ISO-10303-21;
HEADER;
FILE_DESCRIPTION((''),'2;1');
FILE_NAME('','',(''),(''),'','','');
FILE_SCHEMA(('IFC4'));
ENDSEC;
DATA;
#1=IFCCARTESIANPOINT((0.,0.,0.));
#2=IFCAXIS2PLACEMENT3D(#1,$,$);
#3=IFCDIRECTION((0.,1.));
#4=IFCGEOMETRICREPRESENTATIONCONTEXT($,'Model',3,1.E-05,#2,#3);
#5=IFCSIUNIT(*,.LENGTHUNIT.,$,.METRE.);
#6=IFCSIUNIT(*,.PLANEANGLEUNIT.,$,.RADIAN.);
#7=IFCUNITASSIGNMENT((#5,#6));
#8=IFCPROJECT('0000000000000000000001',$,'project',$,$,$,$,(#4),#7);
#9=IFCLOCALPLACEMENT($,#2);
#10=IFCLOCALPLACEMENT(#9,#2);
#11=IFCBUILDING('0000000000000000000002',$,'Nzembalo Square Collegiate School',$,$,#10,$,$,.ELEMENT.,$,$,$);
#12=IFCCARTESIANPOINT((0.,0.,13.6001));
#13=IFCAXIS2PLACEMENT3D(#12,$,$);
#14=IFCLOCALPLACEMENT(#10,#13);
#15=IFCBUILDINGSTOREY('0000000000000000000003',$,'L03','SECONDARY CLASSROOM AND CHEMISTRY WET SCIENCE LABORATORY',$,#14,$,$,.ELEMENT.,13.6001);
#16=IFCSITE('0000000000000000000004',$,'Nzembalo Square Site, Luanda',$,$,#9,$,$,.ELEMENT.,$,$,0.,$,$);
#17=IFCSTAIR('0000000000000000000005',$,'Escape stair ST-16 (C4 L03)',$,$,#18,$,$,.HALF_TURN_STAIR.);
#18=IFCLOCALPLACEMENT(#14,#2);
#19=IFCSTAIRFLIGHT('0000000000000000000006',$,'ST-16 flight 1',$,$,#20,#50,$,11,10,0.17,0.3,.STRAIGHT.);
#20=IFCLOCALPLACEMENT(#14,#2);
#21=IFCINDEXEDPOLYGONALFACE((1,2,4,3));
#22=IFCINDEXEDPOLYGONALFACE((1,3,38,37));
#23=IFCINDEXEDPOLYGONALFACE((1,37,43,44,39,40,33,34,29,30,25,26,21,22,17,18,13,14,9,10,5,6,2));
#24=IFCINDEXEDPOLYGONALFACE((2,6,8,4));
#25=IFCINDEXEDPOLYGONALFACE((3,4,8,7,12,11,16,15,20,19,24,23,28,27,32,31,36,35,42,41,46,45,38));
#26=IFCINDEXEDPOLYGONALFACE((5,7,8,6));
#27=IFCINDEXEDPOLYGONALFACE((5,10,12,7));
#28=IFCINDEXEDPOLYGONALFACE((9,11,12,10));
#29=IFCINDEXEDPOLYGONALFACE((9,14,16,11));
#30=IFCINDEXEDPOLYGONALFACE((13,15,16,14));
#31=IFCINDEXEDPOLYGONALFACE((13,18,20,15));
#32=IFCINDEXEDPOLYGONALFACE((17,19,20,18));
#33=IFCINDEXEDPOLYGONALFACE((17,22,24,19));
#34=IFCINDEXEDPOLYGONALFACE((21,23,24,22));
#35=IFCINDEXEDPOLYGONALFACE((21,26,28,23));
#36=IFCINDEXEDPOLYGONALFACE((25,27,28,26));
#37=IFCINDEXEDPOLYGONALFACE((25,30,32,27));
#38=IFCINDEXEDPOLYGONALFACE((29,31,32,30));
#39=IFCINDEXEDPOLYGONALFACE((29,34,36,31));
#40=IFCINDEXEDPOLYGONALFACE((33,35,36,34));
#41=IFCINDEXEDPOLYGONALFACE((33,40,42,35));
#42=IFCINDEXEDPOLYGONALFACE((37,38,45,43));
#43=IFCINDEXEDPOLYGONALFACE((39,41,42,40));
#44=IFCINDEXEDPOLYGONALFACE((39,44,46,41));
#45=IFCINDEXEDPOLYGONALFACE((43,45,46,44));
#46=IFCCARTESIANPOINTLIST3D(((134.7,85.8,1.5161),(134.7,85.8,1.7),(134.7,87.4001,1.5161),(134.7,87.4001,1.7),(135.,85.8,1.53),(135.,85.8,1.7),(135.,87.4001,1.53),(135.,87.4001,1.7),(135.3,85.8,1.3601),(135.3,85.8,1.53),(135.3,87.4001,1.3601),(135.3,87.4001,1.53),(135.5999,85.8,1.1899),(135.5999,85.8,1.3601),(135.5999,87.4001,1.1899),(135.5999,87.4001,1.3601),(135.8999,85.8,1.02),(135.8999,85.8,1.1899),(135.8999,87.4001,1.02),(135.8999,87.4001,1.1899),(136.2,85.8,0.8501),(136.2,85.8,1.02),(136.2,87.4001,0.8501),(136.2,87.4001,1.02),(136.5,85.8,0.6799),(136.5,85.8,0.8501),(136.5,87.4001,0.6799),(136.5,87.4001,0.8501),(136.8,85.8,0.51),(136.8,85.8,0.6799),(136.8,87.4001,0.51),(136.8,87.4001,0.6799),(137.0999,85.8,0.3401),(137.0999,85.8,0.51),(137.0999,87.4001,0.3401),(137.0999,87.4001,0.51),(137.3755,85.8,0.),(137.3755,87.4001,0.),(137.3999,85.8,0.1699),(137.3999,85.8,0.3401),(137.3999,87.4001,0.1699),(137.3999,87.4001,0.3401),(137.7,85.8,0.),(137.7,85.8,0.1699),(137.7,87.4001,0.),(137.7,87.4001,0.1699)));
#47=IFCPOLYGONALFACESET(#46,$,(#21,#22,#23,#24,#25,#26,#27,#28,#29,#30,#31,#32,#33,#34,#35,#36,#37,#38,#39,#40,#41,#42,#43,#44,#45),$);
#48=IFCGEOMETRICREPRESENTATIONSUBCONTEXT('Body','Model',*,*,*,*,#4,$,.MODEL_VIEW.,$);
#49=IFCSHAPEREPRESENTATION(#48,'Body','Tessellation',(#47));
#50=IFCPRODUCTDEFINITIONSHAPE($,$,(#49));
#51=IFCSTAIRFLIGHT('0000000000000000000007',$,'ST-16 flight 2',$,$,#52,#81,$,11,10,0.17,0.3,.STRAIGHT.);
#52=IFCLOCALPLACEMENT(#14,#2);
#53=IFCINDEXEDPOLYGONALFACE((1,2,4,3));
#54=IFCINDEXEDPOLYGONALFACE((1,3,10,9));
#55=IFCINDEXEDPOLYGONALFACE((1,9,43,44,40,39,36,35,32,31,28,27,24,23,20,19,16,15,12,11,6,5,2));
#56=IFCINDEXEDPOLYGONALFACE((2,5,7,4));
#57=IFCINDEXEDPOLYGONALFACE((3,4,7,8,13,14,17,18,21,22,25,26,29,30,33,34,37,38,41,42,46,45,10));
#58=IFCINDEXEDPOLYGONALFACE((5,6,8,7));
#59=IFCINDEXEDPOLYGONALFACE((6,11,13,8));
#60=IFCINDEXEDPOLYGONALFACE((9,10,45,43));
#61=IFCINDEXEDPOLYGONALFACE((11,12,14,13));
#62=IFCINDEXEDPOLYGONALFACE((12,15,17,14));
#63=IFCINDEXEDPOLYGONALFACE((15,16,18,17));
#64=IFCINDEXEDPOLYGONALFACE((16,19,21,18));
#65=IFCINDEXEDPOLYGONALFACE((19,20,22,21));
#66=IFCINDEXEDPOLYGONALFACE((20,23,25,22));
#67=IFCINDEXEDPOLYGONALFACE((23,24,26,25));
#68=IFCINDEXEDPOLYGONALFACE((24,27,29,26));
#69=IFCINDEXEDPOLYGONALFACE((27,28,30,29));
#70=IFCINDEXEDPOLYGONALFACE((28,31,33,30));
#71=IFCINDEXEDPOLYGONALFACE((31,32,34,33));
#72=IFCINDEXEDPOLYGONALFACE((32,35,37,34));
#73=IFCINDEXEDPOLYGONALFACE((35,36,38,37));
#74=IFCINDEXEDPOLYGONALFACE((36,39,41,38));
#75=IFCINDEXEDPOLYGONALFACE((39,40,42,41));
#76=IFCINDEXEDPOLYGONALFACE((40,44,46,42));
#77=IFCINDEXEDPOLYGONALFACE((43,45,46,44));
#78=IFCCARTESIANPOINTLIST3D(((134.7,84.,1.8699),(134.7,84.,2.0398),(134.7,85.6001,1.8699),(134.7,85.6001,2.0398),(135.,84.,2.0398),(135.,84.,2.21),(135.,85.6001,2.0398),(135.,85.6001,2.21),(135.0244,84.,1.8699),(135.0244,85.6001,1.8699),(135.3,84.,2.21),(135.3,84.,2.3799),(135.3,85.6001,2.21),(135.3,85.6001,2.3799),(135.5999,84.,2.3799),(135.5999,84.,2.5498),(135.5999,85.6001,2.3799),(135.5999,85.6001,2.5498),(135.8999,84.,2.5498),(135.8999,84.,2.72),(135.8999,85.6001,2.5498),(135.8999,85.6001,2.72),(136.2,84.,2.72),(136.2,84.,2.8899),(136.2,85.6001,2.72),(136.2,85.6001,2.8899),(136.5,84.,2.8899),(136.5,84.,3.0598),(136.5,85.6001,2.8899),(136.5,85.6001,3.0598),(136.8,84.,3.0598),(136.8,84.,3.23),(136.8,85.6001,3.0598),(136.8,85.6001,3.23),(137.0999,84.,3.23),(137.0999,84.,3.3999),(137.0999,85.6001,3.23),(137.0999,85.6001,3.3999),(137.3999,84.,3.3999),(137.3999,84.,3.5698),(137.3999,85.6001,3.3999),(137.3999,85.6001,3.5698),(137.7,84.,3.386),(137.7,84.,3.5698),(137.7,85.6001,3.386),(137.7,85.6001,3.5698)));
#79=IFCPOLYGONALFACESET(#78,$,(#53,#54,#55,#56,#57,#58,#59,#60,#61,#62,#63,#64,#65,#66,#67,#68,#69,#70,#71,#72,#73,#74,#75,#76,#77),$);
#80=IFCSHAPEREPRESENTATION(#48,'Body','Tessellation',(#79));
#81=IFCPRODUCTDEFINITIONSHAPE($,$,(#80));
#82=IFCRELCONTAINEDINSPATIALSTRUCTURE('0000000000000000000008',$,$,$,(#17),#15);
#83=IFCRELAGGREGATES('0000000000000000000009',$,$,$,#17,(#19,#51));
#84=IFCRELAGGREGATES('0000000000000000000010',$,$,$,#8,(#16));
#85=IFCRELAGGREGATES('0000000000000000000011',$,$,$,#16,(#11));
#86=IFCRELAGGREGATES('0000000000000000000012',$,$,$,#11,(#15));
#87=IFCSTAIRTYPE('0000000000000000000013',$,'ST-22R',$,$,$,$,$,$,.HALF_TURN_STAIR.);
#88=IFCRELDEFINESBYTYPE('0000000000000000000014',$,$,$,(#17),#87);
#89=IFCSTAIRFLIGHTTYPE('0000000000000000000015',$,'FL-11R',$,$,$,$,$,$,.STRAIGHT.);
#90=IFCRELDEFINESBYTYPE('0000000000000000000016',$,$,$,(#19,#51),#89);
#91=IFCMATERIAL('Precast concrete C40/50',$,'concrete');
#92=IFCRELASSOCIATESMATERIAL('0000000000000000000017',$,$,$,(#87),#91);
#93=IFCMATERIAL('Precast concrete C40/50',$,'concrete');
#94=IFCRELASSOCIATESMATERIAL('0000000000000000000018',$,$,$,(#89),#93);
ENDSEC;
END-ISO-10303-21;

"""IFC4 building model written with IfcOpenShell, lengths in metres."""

from ifc_helpers import new_model, si_unit, direction, frame, origin, place, context, subcontext, project, spatial, polyline, outline, extrude, material, type_object, element, aggregate, save


model = new_model("IFC4")

# Units and contexts
model_context = context("Model", 3, precision=1e-05, world=origin(), true_north=direction((0.0, 1.0)))
body_context = subcontext(model_context, "Body", "Model", "MODEL_VIEW")
ifc_project = project(units=[si_unit("LENGTHUNIT", "METRE"), si_unit("PLANEANGLEUNIT", "RADIAN")], contexts=[model_context])

# Site, building, storey
site_placement = place(None, origin())
site = spatial("IfcSite", under=ifc_project, at=site_placement, Name="Nzembalo Square Site, Luanda", CompositionType="ELEMENT", RefElevation=0.0)
building_placement = place(site_placement, origin())
building = spatial("IfcBuilding", under=site, at=building_placement, Name="Nzembalo Square Collegiate School", CompositionType="ELEMENT")
storey_placement = place(building_placement, frame((0.0, 0.0, 13.6001)))
storey = spatial("IfcBuildingStorey", under=building, at=storey_placement, Name="L03", Description="SECONDARY CLASSROOM AND CHEMISTRY WET SCIENCE LABORATORY", CompositionType="ELEMENT", Elevation=13.6001)

# Stair, stair flights
ifc_material_1 = material(Name="Precast concrete C40/50", Category="concrete")
stair_type = type_object("IfcStairType", Name="ST-22R", PredefinedType="HALF_TURN_STAIR", material=ifc_material_1)
stair_placement = place(storey_placement, origin())
stair = element("IfcStair", 1, at=stair_placement, inside=storey, type_object=stair_type, Name="Escape stair ST-16 (C4 L03)", PredefinedType="HALF_TURN_STAIR")
ifc_material_2 = material(Name="Precast concrete C40/50", Category="concrete")
stair_flight_type = type_object("IfcStairFlightType", Name="FL-11R", PredefinedType="STRAIGHT", material=ifc_material_2)
stair_flight_1_placement = place(storey_placement, frame((137.7, 86.6001, 0.0), z_axis=(0.0, 0.0, 1.0), x_axis=(-1.0, 0.0, 0.0)))
stair_flight_1 = element("IfcStairFlight", 2, at=stair_flight_1_placement, type_object=stair_flight_type, Name="ST-16 flight 1", NumberOfRisers=11, NumberOfTreads=10, PredefinedType="STRAIGHT", RiserHeight=0.17, TreadLength=0.3, context=body_context, shape_type="SweptSolid", body=[
    extrude(outline(polyline([(0.0, 0.0), (0.0, 0.1699), (0.3, 0.1699), (0.3, 0.3401), (0.6001, 0.3401), (0.6001, 0.51), (0.8999, 0.51), (0.8999, 0.6799), (1.2, 0.6799), (1.2, 0.8501), (1.5, 0.8501), (1.5, 1.02), (1.8, 1.02), (1.8, 1.1899), (2.1001, 1.1899), (2.1001, 1.3601), (2.3999, 1.3601), (2.3999, 1.53), (2.7, 1.53), (2.7, 1.7), (3.0, 1.7), (3.0, 1.8701), (3.0, 1.5161), (0.3245, 0.0), (0.0, 0.0)])), frame((0.0, 0.8, 0.0), z_axis=(0.0, -1.0, 0.0), x_axis=(1.0, 0.0, 0.0)), (0.0, 0.0, 1.0), 1.6001),
])
stair_flight_2_placement = place(storey_placement, frame((134.7, 84.8, 1.8699), z_axis=(0.0, 0.0, 1.0), x_axis=(1.0, 0.0, 0.0)))
stair_flight_2 = element("IfcStairFlight", 3, at=stair_flight_2_placement, type_object=stair_flight_type, Name="ST-16 flight 2", NumberOfRisers=11, NumberOfTreads=10, PredefinedType="STRAIGHT", RiserHeight=0.17, TreadLength=0.3, context=body_context, shape_type="SweptSolid", body=[
    extrude(outline(polyline([(0.0, 0.0), (0.0, 0.1699), (0.3, 0.1699), (0.3, 0.3401), (0.6001, 0.3401), (0.6001, 0.51), (0.8999, 0.51), (0.8999, 0.6799), (1.2, 0.6799), (1.2, 0.8501), (1.5, 0.8501), (1.5, 1.02), (1.8, 1.02), (1.8, 1.1899), (2.1001, 1.1899), (2.1001, 1.3601), (2.3999, 1.3601), (2.3999, 1.53), (2.7, 1.53), (2.7, 1.7), (3.0, 1.7), (3.0, 1.8701), (3.0, 1.5161), (0.3245, 0.0), (0.0, 0.0)])), frame((0.0, 0.8, 0.0), z_axis=(0.0, -1.0, 0.0), x_axis=(1.0, 0.0, 0.0)), (0.0, 0.0, 1.0), 1.6001),
])
aggregate(stair, [stair_flight_1, stair_flight_2])

save(model, "model.ifc")
